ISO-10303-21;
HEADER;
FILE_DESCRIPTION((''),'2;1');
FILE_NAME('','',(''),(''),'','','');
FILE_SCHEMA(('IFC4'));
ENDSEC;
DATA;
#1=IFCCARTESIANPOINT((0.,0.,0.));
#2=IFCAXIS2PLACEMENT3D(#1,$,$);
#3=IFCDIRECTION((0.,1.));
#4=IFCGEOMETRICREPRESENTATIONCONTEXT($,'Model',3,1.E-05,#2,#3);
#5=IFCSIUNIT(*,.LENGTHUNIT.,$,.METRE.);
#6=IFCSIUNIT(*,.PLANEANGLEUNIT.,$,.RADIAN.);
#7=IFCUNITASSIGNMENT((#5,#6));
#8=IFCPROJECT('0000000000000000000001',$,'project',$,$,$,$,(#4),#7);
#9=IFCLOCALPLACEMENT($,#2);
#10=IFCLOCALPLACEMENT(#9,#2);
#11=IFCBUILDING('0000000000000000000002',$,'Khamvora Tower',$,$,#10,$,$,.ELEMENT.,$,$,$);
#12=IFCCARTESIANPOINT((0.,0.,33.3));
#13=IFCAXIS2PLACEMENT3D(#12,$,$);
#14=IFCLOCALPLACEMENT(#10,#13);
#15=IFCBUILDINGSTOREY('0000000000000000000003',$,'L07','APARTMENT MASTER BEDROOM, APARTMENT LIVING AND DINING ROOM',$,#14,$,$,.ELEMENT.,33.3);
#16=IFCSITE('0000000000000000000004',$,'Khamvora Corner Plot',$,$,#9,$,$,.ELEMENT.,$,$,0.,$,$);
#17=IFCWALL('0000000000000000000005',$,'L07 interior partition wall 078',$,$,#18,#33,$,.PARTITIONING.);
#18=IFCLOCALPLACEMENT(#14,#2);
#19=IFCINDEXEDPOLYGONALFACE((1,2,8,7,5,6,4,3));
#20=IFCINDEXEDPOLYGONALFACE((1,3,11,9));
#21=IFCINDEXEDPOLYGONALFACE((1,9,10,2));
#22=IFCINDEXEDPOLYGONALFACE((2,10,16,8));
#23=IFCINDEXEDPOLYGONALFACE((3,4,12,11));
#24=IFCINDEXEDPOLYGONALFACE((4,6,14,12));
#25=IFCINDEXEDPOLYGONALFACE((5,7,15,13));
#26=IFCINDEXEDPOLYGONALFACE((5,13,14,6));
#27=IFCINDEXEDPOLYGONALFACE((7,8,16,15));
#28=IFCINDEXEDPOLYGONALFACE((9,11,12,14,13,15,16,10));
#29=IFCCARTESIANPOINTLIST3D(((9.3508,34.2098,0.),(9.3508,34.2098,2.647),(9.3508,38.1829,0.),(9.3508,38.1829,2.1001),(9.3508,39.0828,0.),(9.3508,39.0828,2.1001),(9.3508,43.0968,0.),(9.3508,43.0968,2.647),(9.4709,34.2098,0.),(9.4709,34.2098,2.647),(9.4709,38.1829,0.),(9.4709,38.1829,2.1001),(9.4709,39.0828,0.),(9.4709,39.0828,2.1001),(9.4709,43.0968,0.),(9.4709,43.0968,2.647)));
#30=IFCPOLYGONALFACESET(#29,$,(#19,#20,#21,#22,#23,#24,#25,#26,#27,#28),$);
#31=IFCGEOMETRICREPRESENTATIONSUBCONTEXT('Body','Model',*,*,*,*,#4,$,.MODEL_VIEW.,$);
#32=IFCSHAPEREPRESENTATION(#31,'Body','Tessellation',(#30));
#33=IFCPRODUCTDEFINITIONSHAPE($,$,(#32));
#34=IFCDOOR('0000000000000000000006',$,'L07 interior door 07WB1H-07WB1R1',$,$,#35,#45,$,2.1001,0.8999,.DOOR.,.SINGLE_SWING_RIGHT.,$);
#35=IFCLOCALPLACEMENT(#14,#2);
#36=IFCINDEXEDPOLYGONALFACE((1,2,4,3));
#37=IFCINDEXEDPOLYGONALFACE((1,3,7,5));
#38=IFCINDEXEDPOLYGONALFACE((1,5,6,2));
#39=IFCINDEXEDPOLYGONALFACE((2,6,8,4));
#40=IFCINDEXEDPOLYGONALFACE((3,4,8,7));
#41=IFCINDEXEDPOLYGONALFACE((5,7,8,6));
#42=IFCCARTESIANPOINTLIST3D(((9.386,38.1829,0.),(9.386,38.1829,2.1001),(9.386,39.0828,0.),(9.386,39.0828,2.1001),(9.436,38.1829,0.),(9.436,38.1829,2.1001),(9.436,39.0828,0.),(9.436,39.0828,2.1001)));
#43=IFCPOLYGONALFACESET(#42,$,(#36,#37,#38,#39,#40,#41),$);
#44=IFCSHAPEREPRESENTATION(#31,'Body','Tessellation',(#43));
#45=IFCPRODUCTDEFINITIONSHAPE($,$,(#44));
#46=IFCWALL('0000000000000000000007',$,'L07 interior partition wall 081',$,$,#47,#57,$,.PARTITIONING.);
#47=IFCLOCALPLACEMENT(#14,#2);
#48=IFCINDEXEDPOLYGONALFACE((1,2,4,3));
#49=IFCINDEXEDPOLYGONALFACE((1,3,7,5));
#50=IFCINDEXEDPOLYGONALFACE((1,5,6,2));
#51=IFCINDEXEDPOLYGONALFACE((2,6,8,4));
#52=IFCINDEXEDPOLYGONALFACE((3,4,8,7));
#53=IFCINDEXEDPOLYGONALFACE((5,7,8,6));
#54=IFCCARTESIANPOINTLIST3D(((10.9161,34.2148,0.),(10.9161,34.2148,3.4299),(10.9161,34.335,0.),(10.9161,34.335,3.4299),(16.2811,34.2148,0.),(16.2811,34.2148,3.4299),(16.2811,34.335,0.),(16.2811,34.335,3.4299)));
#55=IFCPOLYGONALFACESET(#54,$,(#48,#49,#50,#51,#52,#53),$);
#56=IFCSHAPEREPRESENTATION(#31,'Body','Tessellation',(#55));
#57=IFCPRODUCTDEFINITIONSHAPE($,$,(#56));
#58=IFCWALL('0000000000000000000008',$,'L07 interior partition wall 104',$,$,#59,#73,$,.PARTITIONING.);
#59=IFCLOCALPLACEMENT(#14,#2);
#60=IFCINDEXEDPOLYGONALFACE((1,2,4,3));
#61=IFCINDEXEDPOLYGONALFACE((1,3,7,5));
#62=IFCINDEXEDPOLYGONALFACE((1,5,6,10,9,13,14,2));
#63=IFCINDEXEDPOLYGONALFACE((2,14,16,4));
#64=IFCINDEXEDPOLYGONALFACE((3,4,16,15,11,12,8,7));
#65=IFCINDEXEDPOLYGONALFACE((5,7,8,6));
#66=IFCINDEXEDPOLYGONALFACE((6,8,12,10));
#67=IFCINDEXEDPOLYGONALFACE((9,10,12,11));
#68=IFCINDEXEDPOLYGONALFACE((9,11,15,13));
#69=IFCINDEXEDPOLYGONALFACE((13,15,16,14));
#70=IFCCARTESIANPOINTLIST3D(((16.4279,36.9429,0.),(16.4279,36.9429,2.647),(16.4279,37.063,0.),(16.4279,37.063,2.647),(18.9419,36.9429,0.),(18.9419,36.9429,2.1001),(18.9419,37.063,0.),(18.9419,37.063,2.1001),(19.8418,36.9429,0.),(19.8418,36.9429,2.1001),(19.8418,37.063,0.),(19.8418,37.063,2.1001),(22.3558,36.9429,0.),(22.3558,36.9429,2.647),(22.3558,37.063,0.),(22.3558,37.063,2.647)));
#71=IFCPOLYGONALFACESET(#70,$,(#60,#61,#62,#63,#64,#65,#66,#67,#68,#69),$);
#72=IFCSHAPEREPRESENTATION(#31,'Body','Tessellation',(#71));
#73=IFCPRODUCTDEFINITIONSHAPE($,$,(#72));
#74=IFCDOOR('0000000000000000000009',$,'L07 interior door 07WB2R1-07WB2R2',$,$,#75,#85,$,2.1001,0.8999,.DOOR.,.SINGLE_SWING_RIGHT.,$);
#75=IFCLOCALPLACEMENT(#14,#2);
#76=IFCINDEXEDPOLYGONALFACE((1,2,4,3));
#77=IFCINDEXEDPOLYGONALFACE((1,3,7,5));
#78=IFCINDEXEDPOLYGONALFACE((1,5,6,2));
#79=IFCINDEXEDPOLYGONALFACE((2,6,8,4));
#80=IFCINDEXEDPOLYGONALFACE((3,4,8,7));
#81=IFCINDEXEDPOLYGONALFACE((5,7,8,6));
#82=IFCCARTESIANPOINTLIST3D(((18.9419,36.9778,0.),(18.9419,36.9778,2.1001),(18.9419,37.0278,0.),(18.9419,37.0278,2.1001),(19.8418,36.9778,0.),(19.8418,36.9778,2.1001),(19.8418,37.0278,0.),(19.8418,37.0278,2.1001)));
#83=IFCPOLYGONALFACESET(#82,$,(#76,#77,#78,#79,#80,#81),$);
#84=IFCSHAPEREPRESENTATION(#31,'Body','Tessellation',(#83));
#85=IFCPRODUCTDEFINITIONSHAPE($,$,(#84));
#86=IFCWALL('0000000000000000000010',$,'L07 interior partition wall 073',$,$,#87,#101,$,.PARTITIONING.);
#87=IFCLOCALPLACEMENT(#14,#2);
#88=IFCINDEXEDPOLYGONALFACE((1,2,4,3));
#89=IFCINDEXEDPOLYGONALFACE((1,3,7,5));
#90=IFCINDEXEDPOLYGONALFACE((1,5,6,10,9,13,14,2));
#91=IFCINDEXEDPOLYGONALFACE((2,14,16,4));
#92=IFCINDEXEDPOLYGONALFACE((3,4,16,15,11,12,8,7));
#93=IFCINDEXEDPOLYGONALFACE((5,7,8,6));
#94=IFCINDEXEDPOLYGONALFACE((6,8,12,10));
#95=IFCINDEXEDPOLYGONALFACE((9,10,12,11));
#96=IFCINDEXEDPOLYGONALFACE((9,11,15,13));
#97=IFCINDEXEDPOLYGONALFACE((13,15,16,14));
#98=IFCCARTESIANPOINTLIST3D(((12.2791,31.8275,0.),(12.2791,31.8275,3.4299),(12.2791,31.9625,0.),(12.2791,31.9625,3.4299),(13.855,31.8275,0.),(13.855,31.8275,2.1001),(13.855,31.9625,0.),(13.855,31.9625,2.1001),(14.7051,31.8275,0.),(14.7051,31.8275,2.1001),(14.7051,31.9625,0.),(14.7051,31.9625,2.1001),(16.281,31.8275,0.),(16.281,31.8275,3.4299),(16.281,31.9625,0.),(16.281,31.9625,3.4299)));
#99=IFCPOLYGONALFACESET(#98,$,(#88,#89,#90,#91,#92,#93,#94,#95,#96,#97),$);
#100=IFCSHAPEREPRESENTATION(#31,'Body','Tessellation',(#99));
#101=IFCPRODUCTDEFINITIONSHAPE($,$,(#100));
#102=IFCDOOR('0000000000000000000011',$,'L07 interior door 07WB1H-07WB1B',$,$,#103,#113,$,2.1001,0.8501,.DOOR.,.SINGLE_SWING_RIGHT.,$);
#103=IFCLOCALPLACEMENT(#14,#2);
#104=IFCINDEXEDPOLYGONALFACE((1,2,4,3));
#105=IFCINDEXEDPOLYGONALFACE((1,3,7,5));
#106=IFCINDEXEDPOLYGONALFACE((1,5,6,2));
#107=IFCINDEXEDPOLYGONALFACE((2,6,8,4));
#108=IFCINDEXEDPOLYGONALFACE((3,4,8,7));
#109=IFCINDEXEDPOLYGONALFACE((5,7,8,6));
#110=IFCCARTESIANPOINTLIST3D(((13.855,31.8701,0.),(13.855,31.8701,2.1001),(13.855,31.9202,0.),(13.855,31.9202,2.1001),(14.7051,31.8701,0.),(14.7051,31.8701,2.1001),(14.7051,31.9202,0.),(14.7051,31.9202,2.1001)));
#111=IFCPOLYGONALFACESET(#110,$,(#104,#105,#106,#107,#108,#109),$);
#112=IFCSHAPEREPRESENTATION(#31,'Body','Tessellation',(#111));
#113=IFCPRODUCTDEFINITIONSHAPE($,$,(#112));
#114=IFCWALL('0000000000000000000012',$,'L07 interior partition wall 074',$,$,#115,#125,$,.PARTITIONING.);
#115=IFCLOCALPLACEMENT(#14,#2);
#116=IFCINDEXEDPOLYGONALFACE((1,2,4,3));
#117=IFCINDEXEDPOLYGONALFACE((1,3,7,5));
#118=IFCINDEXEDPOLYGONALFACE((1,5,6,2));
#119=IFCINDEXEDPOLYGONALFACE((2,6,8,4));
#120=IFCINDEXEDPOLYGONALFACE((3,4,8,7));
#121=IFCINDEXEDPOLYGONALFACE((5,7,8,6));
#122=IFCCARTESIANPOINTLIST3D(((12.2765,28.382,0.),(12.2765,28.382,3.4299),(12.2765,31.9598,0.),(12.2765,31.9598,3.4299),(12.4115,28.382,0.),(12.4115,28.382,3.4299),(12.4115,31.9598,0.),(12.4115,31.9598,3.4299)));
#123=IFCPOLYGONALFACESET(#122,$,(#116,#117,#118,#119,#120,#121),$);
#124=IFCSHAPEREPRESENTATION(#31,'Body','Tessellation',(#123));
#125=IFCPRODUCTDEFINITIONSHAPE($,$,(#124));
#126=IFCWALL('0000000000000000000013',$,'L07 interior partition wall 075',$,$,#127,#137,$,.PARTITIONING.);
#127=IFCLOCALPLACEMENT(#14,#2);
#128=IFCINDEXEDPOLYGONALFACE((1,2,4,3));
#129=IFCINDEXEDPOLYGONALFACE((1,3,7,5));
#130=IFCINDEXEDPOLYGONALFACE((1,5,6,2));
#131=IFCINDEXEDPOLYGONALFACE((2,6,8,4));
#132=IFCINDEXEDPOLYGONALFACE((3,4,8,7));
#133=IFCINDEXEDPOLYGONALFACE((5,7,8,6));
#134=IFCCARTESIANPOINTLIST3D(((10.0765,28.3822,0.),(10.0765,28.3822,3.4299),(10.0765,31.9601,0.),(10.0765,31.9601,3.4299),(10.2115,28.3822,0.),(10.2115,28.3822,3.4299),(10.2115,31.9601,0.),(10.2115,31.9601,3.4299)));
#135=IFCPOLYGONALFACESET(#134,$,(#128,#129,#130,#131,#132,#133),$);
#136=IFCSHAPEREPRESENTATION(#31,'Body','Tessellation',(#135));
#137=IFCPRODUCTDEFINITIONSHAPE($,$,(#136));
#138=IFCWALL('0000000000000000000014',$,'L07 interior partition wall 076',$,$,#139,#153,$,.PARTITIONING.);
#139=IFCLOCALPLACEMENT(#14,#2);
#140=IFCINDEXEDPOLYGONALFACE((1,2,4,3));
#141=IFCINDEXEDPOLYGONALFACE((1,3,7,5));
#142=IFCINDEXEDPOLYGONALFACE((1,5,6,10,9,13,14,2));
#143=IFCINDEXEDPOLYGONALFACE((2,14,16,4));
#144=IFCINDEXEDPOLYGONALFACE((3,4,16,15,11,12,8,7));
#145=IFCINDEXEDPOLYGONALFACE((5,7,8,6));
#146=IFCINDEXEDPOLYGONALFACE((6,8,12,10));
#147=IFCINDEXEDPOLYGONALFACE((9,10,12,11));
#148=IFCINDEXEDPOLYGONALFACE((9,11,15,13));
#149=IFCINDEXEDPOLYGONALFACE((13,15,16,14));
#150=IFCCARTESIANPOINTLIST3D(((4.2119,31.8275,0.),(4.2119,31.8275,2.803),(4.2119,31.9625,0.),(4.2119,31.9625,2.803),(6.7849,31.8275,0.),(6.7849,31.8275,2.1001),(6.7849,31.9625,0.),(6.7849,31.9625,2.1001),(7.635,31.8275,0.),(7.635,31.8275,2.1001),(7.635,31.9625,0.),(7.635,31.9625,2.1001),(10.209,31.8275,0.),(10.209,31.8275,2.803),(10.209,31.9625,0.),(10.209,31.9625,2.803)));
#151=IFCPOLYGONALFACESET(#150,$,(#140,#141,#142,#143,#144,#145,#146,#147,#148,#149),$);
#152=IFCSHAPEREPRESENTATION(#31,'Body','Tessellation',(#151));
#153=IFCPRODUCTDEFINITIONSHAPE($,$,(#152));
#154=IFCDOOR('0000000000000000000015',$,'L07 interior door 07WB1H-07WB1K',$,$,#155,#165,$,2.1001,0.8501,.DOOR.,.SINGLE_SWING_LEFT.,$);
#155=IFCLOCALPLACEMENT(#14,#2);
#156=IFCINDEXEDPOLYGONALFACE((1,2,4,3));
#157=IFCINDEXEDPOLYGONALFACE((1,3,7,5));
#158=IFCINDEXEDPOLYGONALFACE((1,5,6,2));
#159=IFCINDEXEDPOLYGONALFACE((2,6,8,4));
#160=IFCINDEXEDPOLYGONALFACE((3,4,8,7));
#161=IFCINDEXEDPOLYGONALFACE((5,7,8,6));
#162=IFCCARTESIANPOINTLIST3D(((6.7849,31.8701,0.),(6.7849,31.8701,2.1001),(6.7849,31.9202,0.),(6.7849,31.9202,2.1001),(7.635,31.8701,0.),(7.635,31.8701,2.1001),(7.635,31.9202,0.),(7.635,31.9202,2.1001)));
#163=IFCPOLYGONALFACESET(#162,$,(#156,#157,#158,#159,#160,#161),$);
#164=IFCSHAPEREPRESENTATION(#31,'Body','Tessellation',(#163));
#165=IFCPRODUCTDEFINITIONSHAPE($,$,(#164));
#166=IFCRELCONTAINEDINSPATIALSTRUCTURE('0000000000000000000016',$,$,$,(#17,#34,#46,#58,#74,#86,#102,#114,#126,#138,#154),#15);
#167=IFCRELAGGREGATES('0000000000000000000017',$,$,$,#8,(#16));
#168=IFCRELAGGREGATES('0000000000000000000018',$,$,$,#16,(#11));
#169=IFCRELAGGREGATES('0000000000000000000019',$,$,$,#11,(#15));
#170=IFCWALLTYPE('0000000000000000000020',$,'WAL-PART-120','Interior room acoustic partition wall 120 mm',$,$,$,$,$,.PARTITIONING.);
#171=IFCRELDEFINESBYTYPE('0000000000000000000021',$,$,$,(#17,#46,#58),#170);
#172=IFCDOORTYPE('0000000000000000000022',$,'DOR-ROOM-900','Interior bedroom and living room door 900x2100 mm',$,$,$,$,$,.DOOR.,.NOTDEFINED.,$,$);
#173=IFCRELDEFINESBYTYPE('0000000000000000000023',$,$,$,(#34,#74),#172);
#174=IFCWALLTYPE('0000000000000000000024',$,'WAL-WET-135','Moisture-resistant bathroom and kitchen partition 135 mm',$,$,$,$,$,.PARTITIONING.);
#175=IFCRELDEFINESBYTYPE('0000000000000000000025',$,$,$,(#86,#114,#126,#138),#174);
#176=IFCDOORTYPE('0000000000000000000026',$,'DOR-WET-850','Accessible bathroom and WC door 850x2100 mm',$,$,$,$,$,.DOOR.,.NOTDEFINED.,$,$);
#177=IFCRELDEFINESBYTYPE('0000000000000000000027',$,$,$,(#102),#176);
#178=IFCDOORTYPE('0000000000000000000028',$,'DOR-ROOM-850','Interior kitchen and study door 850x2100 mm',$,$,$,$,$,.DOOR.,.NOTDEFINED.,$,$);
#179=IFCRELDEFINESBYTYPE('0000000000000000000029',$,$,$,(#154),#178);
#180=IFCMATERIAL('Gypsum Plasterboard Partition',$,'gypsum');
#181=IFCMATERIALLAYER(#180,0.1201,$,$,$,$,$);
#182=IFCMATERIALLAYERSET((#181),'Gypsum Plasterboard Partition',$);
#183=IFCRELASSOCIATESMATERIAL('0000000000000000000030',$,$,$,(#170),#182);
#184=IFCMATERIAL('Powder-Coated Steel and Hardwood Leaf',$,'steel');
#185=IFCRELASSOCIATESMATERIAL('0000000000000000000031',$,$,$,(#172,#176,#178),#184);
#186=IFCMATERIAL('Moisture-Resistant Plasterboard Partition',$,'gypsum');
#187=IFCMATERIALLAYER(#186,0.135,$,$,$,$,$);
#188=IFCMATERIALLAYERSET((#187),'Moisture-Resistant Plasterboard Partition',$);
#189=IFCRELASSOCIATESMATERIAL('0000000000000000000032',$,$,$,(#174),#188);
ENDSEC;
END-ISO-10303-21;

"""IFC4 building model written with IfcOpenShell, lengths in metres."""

from ifc_helpers import new_model, si_unit, direction, frame, frame_2d, origin, place, context, subcontext, project, spatial, rectangle, extrude, material, layer, layer_set, type_object, element, fill, save


model = new_model("IFC4")

# Units and contexts
model_context = context("Model", 3, precision=1e-05, world=origin(), true_north=direction((0.0, 1.0)))
body_context = subcontext(model_context, "Body", "Model", "MODEL_VIEW")
ifc_project = project(units=[si_unit("LENGTHUNIT", "METRE"), si_unit("PLANEANGLEUNIT", "RADIAN")], contexts=[model_context])

# Site, building, storey
site_placement = place(None, origin())
site = spatial("IfcSite", under=ifc_project, at=site_placement, Name="Khamvora Corner Plot", CompositionType="ELEMENT", RefElevation=0.0)
building_placement = place(site_placement, origin())
building = spatial("IfcBuilding", under=site, at=building_placement, Name="Khamvora Tower", CompositionType="ELEMENT")
storey_placement = place(building_placement, frame((0.0, 0.0, 33.3)))
storey = spatial("IfcBuildingStorey", under=building, at=storey_placement, Name="L07", Description="APARTMENT MASTER BEDROOM, APARTMENT LIVING AND DINING ROOM", CompositionType="ELEMENT", Elevation=33.3)

# Shared definitions
ifc_material_1 = material(Name="Powder-Coated Steel and Hardwood Leaf", Category="steel")

# Shared definitions
ifc_material_2 = material(Name="Gypsum Plasterboard Partition", Category="gypsum")
ifc_layer_1 = layer(ifc_material_2, 0.1201)
ifc_layer_set_1 = layer_set([ifc_layer_1], Name="Gypsum Plasterboard Partition")
wall_type_1 = type_object("IfcWallType", Name="WAL-PART-120", Description="Interior room acoustic partition wall 120 mm", PredefinedType="PARTITIONING", material=ifc_layer_set_1)

# Wall, opening, door
wall_1_placement = place(storey_placement, frame((9.4109, 34.21, 0.0), z_axis=(0.0, 0.0, 1.0), x_axis=(0.0, 1.0, 0.0)))
wall_1 = element("IfcWall", 1, at=wall_1_placement, inside=storey, type_object=wall_type_1, Name="L07 interior partition wall 078", PredefinedType="PARTITIONING", context=body_context, shape_type="SweptSolid", body=[
    extrude(rectangle(XDim=8.887, YDim=0.1201, at=frame_2d((4.4434, 0.0))), origin(), (0.0, 0.0, 1.0), 2.647),
])
opening_1_placement = place(wall_1_placement, frame((3.9729, 0.0, 0.0)))
opening_1 = element("IfcOpeningElement", 2, at=opening_1_placement, cuts=wall_1, PredefinedType="OPENING", context=body_context, shape_type="SweptSolid", body=[
    extrude(rectangle(XDim=0.8999, YDim=2.1001, at=frame_2d((0.45, 1.05))), frame((0.0, 0.0701, 0.0), z_axis=(0.0, -1.0, 0.0), x_axis=(1.0, 0.0, 0.0)), (0.0, 0.0, 1.0), 0.1401),
])
door_type_1 = type_object("IfcDoorType", Name="DOR-ROOM-900", Description="Interior bedroom and living room door 900x2100 mm", OperationType="NOTDEFINED", PredefinedType="DOOR", material=ifc_material_1)
door_1_placement = place(opening_1_placement, origin())
door_1 = element("IfcDoor", 3, at=door_1_placement, inside=storey, type_object=door_type_1, Name="L07 interior door 07WB1H-07WB1R1", OperationType="SINGLE_SWING_RIGHT", OverallHeight=2.1001, OverallWidth=0.8999, PredefinedType="DOOR", context=body_context, shape_type="SweptSolid", body=[
    extrude(rectangle(XDim=0.8999, YDim=2.1001, at=frame_2d((0.45, 1.05))), frame((0.0, 0.0249, 0.0), z_axis=(0.0, -1.0, 0.0), x_axis=(1.0, 0.0, 0.0)), (0.0, 0.0, 1.0), 0.05),
])
fill(opening_1, door_1)

# Wall
wall_2_placement = place(storey_placement, frame((10.916, 34.2749, 0.0), z_axis=(0.0, 0.0, 1.0), x_axis=(1.0, 0.0, 0.0)))
element("IfcWall", 4, at=wall_2_placement, inside=storey, type_object=wall_type_1, Name="L07 interior partition wall 081", PredefinedType="PARTITIONING", context=body_context, shape_type="SweptSolid", body=[
    extrude(rectangle(XDim=5.365, YDim=0.1201, at=frame_2d((2.6826, 0.0))), origin(), (0.0, 0.0, 1.0), 3.4299),
])

# Walls, openings, doors
wall_3_placement = place(storey_placement, frame((16.428, 37.0029, 0.0), z_axis=(0.0, 0.0, 1.0), x_axis=(1.0, 0.0, 0.0)))
wall_3 = element("IfcWall", 5, at=wall_3_placement, inside=storey, type_object=wall_type_1, Name="L07 interior partition wall 104", PredefinedType="PARTITIONING", context=body_context, shape_type="SweptSolid", body=[
    extrude(rectangle(XDim=5.928, YDim=0.1201, at=frame_2d((2.9639, 0.0))), origin(), (0.0, 0.0, 1.0), 2.647),
])
opening_2_placement = place(wall_3_placement, frame((2.5139, 0.0, 0.0)))
opening_2 = element("IfcOpeningElement", 6, at=opening_2_placement, cuts=wall_3, PredefinedType="OPENING", context=body_context, shape_type="SweptSolid", body=[
    extrude(rectangle(XDim=0.8999, YDim=2.1001, at=frame_2d((0.45, 1.05))), frame((0.0, 0.0701, 0.0), z_axis=(0.0, -1.0, 0.0), x_axis=(1.0, 0.0, 0.0)), (0.0, 0.0, 1.0), 0.1401),
])
door_2_placement = place(opening_2_placement, origin())
door_2 = element("IfcDoor", 7, at=door_2_placement, inside=storey, type_object=door_type_1, Name="L07 interior door 07WB2R1-07WB2R2", OperationType="SINGLE_SWING_RIGHT", OverallHeight=2.1001, OverallWidth=0.8999, PredefinedType="DOOR", context=body_context, shape_type="SweptSolid", body=[
    extrude(rectangle(XDim=0.8999, YDim=2.1001, at=frame_2d((0.45, 1.05))), frame((0.0, 0.0249, 0.0), z_axis=(0.0, -1.0, 0.0), x_axis=(1.0, 0.0, 0.0)), (0.0, 0.0, 1.0), 0.05),
])
fill(opening_2, door_2)
ifc_material_3 = material(Name="Moisture-Resistant Plasterboard Partition", Category="gypsum")
ifc_layer_2 = layer(ifc_material_3, 0.135)
ifc_layer_set_2 = layer_set([ifc_layer_2], Name="Moisture-Resistant Plasterboard Partition")
wall_type_2 = type_object("IfcWallType", Name="WAL-WET-135", Description="Moisture-resistant bathroom and kitchen partition 135 mm", PredefinedType="PARTITIONING", material=ifc_layer_set_2)
wall_4_placement = place(storey_placement, frame((16.281, 31.895, 0.0), z_axis=(0.0, 0.0, 1.0), x_axis=(-1.0, 0.0, 0.0)))
wall_4 = element("IfcWall", 8, at=wall_4_placement, inside=storey, type_object=wall_type_2, Name="L07 interior partition wall 073", PredefinedType="PARTITIONING", context=body_context, shape_type="SweptSolid", body=[
    extrude(rectangle(XDim=4.002, YDim=0.135, at=frame_2d((2.001, 0.0))), origin(), (0.0, 0.0, 1.0), 3.4299),
])
opening_3_placement = place(wall_4_placement, frame((1.5759, 0.0, 0.0)))
opening_3 = element("IfcOpeningElement", 9, at=opening_3_placement, cuts=wall_4, PredefinedType="OPENING", context=body_context, shape_type="SweptSolid", body=[
    extrude(rectangle(XDim=0.8501, YDim=2.1001, at=frame_2d((0.425, 1.05))), frame((0.0, 0.0774, 0.0), z_axis=(0.0, -1.0, 0.0), x_axis=(1.0, 0.0, 0.0)), (0.0, 0.0, 1.0), 0.155),
])
door_type_2 = type_object("IfcDoorType", Name="DOR-WET-850", Description="Accessible bathroom and WC door 850x2100 mm", OperationType="NOTDEFINED", PredefinedType="DOOR", material=ifc_material_1)
door_3_placement = place(opening_3_placement, origin())
door_3 = element("IfcDoor", 10, at=door_3_placement, inside=storey, type_object=door_type_2, Name="L07 interior door 07WB1H-07WB1B", OperationType="SINGLE_SWING_RIGHT", OverallHeight=2.1001, OverallWidth=0.8501, PredefinedType="DOOR", context=body_context, shape_type="SweptSolid", body=[
    extrude(rectangle(XDim=0.8501, YDim=2.1001, at=frame_2d((0.425, 1.05))), frame((0.0, 0.0249, 0.0), z_axis=(0.0, -1.0, 0.0), x_axis=(1.0, 0.0, 0.0)), (0.0, 0.0, 1.0), 0.05),
])
fill(opening_3, door_3)

# Walls
for number, where, z_axis, x_axis, name in (
    (11, (12.344, 31.96, 0.0), (0.0, 0.0, 1.0), (0.0, -1.0, 0.0), "L07 interior partition wall 074"),
    (12, (10.144, 28.3821, 0.0), (0.0, 0.0, 1.0), (0.0, 1.0, 0.0), "L07 interior partition wall 075"),
):
    element("IfcWall", number, at=place(storey_placement, frame(where, z_axis=z_axis, x_axis=x_axis)), inside=storey, type_object=wall_type_2, Name=name, PredefinedType="PARTITIONING", context=body_context, shape_type="SweptSolid", body=[
        extrude(rectangle(XDim=3.5779, YDim=0.135, at=frame_2d((1.7891, 0.0))), origin(), (0.0, 0.0, 1.0), 3.4299),
    ])

# Wall, opening, door
wall_5_placement = place(storey_placement, frame((10.209, 31.895, 0.0), z_axis=(0.0, 0.0, 1.0), x_axis=(-1.0, 0.0, 0.0)))
wall_5 = element("IfcWall", 13, at=wall_5_placement, inside=storey, type_object=wall_type_2, Name="L07 interior partition wall 076", PredefinedType="PARTITIONING", context=body_context, shape_type="SweptSolid", body=[
    extrude(rectangle(XDim=5.9971, YDim=0.135, at=frame_2d((2.9985, 0.0))), origin(), (0.0, 0.0, 1.0), 2.803),
])
opening_4_placement = place(wall_5_placement, frame((2.574, 0.0, 0.0)))
opening_4 = element("IfcOpeningElement", 14, at=opening_4_placement, cuts=wall_5, PredefinedType="OPENING", context=body_context, shape_type="SweptSolid", body=[
    extrude(rectangle(XDim=0.8501, YDim=2.1001, at=frame_2d((0.425, 1.05))), frame((0.0, 0.0774, 0.0), z_axis=(0.0, -1.0, 0.0), x_axis=(1.0, 0.0, 0.0)), (0.0, 0.0, 1.0), 0.155),
])
door_type_3 = type_object("IfcDoorType", Name="DOR-ROOM-850", Description="Interior kitchen and study door 850x2100 mm", OperationType="NOTDEFINED", PredefinedType="DOOR", material=ifc_material_1)
door_4_placement = place(opening_4_placement, origin())
door_4 = element("IfcDoor", 15, at=door_4_placement, inside=storey, type_object=door_type_3, Name="L07 interior door 07WB1H-07WB1K", OperationType="SINGLE_SWING_LEFT", OverallHeight=2.1001, OverallWidth=0.8501, PredefinedType="DOOR", context=body_context, shape_type="SweptSolid", body=[
    extrude(rectangle(XDim=0.8501, YDim=2.1001, at=frame_2d((0.425, 1.05))), frame((0.0, 0.0249, 0.0), z_axis=(0.0, -1.0, 0.0), x_axis=(1.0, 0.0, 0.0)), (0.0, 0.0, 1.0), 0.05),
])
fill(opening_4, door_4)

save(model, "model.ifc")
